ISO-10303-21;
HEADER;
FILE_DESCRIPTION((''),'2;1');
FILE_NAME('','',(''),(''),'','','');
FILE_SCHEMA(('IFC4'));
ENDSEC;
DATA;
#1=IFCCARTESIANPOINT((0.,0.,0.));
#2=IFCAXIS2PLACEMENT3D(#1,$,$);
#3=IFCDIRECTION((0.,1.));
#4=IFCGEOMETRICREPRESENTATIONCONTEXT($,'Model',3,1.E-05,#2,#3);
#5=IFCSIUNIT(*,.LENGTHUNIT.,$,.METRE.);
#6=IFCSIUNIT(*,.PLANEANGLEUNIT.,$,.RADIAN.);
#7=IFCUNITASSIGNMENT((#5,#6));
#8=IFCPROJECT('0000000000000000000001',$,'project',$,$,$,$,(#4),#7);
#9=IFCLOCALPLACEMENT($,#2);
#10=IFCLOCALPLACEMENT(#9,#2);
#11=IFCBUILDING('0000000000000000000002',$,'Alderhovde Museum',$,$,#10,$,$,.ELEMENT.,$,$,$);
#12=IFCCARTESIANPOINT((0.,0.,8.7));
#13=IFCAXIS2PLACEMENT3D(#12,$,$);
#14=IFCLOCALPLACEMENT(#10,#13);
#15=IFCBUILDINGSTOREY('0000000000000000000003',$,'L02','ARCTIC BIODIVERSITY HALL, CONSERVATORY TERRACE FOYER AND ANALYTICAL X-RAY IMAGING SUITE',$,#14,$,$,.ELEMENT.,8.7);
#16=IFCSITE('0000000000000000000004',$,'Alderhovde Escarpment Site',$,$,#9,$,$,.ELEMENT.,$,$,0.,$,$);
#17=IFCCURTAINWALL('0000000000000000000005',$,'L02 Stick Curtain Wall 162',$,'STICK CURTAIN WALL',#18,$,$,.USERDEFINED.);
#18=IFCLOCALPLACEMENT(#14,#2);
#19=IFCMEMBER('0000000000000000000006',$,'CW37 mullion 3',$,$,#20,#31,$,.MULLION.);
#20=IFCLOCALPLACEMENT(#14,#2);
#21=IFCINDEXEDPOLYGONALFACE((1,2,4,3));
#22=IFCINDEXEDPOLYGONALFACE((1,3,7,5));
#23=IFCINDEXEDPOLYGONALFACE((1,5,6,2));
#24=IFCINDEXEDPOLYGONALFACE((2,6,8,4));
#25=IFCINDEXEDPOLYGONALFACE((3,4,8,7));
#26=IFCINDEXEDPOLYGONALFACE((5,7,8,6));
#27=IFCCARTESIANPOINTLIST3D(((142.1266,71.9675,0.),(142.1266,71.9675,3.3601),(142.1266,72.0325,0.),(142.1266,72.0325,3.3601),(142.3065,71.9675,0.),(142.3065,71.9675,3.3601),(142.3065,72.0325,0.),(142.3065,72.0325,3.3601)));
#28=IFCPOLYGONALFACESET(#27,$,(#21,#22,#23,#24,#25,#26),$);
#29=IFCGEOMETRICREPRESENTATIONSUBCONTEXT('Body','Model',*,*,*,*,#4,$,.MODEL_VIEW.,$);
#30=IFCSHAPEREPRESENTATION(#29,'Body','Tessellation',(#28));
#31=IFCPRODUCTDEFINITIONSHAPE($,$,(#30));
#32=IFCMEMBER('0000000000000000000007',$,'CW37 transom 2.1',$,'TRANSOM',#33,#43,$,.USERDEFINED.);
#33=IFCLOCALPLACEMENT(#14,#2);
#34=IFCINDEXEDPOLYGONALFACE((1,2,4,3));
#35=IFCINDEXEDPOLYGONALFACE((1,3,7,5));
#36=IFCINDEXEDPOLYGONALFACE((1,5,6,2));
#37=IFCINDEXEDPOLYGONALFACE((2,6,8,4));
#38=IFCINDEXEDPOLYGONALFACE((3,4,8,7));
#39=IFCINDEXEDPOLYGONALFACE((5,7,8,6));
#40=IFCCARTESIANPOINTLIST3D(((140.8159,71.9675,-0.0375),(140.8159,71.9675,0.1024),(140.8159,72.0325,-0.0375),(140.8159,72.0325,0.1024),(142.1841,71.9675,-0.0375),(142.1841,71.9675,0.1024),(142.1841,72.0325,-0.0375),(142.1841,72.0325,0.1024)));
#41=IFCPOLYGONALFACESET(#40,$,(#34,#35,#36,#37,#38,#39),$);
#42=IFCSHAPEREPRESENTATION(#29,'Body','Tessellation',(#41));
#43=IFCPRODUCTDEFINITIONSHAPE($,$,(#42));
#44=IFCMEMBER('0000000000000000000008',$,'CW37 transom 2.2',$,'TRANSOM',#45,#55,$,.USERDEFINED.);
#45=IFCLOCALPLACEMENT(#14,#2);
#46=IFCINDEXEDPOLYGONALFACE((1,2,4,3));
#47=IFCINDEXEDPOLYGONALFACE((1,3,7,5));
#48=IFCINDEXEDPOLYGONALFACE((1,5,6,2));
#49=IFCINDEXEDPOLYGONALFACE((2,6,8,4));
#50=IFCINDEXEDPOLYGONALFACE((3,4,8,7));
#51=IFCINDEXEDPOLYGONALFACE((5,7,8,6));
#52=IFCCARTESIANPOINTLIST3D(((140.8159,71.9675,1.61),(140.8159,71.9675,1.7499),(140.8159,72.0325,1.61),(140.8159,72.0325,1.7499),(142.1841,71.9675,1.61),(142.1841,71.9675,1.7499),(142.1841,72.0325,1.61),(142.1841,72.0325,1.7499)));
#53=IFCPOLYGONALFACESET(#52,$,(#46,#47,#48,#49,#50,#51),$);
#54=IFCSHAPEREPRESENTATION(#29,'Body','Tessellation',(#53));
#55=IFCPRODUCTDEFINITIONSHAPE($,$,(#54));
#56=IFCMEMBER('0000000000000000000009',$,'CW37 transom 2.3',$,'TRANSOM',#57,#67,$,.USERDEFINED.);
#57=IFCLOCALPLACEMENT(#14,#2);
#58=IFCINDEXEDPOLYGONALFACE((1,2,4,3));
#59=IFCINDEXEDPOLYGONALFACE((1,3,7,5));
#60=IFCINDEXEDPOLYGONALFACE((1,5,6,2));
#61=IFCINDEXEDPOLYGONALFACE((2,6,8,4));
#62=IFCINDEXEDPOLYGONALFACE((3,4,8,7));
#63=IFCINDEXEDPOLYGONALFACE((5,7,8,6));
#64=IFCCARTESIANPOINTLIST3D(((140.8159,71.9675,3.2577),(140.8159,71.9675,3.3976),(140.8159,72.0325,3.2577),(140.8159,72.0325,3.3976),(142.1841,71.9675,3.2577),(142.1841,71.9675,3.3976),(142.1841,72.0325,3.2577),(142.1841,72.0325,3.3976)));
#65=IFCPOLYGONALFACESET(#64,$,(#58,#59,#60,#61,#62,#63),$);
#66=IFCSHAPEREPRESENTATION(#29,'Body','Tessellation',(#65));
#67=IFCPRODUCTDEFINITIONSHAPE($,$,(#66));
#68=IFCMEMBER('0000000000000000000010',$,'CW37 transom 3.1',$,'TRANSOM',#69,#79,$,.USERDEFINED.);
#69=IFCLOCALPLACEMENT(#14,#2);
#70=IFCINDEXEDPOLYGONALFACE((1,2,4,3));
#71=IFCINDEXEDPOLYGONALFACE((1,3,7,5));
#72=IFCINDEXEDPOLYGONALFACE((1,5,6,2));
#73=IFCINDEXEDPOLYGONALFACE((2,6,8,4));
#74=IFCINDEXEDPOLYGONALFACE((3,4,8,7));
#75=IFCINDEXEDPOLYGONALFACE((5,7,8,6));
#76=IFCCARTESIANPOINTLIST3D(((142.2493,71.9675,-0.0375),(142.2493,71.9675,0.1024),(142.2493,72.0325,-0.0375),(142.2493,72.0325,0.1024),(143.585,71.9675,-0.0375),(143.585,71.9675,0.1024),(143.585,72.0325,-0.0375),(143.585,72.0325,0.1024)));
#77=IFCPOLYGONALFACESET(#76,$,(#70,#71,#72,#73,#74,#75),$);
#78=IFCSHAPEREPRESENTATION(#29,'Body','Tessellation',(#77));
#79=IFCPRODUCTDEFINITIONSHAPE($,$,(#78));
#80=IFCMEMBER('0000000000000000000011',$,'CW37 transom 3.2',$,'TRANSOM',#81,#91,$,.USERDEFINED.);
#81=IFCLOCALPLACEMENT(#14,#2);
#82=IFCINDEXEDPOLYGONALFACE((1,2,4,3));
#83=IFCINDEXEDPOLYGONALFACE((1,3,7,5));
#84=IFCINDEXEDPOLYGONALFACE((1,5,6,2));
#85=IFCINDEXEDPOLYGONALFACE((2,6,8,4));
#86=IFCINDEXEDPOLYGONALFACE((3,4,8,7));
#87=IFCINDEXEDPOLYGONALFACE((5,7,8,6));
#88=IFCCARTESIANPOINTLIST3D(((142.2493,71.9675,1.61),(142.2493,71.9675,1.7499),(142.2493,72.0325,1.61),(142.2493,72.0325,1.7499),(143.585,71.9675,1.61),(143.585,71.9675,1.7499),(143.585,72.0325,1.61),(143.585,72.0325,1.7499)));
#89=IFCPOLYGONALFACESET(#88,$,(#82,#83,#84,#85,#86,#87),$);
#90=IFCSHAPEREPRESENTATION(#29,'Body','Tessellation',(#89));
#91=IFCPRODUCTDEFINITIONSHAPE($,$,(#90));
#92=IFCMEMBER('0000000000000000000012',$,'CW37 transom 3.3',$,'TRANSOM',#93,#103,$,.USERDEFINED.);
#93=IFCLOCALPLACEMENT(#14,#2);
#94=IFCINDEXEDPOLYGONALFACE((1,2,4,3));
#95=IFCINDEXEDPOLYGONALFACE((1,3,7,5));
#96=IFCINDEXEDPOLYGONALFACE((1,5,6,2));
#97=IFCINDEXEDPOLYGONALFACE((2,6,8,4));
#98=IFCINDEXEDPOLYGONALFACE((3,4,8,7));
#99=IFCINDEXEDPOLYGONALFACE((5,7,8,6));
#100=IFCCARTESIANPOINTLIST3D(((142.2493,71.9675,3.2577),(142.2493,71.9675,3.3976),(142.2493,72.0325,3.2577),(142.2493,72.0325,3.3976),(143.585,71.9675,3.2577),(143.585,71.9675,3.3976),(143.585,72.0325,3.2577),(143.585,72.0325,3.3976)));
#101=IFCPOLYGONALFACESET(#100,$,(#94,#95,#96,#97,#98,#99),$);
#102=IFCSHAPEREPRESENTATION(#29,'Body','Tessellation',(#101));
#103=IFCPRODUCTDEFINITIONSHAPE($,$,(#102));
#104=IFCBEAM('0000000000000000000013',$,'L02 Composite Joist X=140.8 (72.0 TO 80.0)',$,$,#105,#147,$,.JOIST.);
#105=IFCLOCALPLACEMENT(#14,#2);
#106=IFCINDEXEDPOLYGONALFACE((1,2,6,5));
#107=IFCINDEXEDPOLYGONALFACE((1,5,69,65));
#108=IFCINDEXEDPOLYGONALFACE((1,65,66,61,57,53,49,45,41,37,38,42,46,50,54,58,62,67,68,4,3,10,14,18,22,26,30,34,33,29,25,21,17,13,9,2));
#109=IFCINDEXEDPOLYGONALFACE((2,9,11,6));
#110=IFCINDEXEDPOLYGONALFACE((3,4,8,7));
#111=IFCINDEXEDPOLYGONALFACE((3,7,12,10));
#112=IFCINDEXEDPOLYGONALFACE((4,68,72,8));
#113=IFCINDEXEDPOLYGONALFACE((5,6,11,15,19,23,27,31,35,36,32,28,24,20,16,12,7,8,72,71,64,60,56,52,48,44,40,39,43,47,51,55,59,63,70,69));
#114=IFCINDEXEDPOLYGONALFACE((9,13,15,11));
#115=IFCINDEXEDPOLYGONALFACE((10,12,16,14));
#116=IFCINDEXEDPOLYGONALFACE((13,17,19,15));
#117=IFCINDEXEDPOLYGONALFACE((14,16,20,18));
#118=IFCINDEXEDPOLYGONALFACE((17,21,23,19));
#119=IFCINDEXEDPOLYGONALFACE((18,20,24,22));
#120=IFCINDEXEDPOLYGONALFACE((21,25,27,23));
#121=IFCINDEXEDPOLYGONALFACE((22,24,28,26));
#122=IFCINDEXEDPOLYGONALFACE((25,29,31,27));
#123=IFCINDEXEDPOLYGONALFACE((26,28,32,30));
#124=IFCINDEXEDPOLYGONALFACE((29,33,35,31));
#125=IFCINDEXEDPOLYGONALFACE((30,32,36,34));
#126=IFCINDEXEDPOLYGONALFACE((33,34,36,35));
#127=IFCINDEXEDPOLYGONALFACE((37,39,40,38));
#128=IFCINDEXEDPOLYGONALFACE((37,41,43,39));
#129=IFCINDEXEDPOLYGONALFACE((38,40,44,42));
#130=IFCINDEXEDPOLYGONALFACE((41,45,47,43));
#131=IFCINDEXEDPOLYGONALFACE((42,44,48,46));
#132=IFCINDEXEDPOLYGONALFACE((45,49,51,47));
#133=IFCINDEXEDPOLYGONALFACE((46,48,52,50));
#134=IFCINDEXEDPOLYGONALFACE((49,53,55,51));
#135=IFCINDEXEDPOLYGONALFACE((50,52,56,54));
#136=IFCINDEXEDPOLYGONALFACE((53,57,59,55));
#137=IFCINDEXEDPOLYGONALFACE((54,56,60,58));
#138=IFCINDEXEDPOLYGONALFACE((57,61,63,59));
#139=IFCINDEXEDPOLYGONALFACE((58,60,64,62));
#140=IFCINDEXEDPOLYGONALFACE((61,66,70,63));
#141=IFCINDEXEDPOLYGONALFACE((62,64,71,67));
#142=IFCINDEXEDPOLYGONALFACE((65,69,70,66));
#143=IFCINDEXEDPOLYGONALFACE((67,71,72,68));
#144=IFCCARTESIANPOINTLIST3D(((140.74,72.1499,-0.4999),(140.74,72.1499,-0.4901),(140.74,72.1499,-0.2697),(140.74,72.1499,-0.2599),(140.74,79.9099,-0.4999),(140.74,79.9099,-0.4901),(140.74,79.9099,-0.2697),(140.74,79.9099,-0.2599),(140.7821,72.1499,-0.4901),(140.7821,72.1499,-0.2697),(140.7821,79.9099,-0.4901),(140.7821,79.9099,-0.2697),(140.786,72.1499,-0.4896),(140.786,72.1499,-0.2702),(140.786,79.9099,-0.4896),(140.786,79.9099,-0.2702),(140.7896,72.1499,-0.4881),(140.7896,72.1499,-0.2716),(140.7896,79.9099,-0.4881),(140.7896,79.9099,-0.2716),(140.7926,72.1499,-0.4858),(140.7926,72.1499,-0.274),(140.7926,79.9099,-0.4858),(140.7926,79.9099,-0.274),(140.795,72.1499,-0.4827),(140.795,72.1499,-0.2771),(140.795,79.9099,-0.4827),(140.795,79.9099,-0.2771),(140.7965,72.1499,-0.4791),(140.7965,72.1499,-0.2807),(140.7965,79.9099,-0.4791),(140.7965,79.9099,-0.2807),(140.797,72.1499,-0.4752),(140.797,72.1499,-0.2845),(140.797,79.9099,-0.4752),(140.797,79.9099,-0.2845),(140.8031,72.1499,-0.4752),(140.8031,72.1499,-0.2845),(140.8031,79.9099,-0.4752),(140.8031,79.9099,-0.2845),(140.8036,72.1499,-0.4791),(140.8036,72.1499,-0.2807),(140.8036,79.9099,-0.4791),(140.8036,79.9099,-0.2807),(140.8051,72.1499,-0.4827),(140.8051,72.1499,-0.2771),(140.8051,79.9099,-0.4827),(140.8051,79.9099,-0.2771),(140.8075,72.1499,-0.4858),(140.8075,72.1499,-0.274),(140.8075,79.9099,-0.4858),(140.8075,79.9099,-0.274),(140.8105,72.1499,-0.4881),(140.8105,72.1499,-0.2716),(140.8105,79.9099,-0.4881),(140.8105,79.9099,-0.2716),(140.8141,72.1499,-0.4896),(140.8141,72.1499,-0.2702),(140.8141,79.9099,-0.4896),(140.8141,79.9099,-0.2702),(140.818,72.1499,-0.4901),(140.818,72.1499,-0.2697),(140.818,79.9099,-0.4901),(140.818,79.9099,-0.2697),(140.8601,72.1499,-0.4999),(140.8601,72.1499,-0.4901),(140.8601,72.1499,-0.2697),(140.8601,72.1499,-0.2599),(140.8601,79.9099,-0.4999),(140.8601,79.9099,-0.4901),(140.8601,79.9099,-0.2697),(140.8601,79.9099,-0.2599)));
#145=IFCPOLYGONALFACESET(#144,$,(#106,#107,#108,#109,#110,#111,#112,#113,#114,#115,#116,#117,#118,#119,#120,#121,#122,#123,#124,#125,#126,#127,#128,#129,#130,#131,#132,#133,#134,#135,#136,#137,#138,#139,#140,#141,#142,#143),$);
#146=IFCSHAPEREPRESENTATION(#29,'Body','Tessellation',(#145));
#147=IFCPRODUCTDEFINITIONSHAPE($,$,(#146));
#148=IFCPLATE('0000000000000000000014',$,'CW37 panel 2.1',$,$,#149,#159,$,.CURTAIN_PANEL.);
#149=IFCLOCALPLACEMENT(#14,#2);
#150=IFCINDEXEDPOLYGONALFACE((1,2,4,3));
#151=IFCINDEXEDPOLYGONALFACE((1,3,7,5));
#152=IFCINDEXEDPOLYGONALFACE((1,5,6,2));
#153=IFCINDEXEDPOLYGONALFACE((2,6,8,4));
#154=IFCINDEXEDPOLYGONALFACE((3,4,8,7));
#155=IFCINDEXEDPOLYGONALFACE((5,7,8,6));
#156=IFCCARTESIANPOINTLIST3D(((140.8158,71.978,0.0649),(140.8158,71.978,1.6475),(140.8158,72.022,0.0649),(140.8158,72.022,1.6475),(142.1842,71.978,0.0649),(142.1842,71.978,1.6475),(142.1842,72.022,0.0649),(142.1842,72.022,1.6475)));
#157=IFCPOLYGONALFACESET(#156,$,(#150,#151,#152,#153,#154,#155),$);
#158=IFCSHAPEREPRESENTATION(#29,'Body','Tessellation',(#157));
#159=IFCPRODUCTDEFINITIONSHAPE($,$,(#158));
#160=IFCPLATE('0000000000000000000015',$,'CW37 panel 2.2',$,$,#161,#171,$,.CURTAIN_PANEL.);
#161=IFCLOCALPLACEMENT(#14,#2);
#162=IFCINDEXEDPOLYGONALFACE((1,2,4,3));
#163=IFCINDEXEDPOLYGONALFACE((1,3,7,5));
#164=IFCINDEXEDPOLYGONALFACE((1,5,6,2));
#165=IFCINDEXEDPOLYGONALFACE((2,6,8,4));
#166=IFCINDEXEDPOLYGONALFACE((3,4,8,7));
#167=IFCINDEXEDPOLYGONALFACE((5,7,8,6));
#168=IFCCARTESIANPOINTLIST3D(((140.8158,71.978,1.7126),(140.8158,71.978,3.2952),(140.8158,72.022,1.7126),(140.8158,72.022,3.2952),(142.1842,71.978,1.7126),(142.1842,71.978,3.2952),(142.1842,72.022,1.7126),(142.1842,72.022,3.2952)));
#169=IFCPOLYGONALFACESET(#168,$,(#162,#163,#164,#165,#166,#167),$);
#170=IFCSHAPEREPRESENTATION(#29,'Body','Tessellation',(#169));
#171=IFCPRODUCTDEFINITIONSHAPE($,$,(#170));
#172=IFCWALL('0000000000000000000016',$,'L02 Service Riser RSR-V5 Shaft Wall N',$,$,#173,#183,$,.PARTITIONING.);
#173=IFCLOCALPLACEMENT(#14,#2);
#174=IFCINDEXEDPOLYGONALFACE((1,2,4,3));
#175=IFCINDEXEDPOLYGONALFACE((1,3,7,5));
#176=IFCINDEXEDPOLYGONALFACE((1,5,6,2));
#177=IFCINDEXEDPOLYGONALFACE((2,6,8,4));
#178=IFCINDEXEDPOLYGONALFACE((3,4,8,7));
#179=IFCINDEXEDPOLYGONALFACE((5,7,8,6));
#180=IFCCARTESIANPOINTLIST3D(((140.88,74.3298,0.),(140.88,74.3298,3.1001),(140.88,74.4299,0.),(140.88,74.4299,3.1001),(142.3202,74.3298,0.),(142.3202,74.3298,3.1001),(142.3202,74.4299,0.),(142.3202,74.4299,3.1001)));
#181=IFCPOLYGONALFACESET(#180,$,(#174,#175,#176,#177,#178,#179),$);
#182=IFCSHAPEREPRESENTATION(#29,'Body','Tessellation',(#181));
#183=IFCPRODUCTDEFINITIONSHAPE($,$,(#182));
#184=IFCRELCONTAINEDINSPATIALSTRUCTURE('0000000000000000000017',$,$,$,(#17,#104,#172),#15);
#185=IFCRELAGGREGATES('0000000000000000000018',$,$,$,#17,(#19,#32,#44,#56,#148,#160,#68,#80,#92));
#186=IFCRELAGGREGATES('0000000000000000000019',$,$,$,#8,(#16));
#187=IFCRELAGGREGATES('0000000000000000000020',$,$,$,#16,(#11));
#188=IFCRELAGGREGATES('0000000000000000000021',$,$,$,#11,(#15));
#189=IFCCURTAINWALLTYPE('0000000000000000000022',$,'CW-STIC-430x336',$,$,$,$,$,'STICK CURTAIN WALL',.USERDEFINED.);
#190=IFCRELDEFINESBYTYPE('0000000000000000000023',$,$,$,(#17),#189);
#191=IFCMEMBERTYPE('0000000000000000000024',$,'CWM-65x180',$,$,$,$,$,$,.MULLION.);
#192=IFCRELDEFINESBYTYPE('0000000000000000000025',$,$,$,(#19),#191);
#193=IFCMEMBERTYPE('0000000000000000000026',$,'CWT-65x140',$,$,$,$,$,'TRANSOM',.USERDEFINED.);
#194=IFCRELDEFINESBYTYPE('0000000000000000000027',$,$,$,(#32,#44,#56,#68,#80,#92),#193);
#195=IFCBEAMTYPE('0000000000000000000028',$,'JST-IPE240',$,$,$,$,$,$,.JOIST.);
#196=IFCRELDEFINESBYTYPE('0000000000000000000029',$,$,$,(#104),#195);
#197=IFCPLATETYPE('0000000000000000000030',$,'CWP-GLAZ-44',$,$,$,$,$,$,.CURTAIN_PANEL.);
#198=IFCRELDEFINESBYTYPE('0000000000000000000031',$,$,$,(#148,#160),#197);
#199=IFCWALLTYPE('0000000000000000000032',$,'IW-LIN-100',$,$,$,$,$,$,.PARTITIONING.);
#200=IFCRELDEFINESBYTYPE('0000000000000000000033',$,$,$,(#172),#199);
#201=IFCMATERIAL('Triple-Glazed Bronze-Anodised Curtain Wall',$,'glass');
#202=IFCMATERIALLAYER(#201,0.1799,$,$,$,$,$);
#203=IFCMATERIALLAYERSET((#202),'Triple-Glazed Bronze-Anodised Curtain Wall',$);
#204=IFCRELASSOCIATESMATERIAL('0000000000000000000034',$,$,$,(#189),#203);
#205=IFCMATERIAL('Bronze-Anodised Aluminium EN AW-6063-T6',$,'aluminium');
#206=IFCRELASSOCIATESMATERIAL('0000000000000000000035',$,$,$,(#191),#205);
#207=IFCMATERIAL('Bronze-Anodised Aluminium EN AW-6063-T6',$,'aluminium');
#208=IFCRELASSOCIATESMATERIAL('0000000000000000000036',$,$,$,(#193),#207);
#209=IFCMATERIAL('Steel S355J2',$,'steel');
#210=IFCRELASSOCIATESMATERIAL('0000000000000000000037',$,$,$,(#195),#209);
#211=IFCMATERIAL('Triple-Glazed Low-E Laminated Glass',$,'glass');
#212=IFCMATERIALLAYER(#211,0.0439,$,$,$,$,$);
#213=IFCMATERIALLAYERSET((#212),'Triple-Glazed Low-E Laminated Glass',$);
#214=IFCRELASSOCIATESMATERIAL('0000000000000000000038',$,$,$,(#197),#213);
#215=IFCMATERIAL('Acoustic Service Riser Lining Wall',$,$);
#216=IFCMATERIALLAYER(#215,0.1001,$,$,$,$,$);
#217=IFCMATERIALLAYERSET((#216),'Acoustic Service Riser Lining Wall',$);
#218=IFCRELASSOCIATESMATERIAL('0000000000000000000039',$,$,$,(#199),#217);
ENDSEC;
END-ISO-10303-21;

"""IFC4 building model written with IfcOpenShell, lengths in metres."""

from ifc_helpers import new_model, si_unit, direction, frame, frame_2d, origin, origin_2d, place, context, subcontext, project, spatial, rectangle, i_section, extrude, material, layer, layer_set, material_profile, profile_set, type_object, element, aggregate, save


model = new_model("IFC4")

# Units and contexts
model_context = context("Model", 3, precision=1e-05, world=origin(), true_north=direction((0.0, 1.0)))
body_context = subcontext(model_context, "Body", "Model", "MODEL_VIEW")
ifc_project = project(units=[si_unit("LENGTHUNIT", "METRE"), si_unit("PLANEANGLEUNIT", "RADIAN")], contexts=[model_context])

# Site, building, storey
site_placement = place(None, origin())
site = spatial("IfcSite", under=ifc_project, at=site_placement, Name="Alderhovde Escarpment Site", CompositionType="ELEMENT", RefElevation=0.0)
building_placement = place(site_placement, origin())
building = spatial("IfcBuilding", under=site, at=building_placement, Name="Alderhovde Museum", CompositionType="ELEMENT")
storey_placement = place(building_placement, frame((0.0, 0.0, 8.7)))
storey = spatial("IfcBuildingStorey", under=building, at=storey_placement, Name="L02", Description="ARCTIC BIODIVERSITY HALL, CONSERVATORY TERRACE FOYER AND ANALYTICAL X-RAY IMAGING SUITE", CompositionType="ELEMENT", Elevation=8.7)

# Curtain wall, members
ifc_material_1 = material(Name="Triple-Glazed Bronze-Anodised Curtain Wall", Category="glass")
ifc_layer_1 = layer(ifc_material_1, 0.1799)
ifc_layer_set_1 = layer_set([ifc_layer_1], Name="Triple-Glazed Bronze-Anodised Curtain Wall")
curtain_wall_type = type_object("IfcCurtainWallType", Name="CW-STIC-430x336", ElementType="STICK CURTAIN WALL", PredefinedType="USERDEFINED", material=ifc_layer_set_1)
curtain_wall_placement = place(storey_placement, origin())
curtain_wall = element("IfcCurtainWall", 1, at=curtain_wall_placement, inside=storey, type_object=curtain_wall_type, Name="L02 Stick Curtain Wall 162", ObjectType="STICK CURTAIN WALL", PredefinedType="USERDEFINED")
ifc_material_2 = material(Name="Bronze-Anodised Aluminium EN AW-6063-T6", Category="aluminium")
ifc_material_profile_1 = material_profile(ifc_material_2, rectangle(XDim=0.0649, YDim=0.1799, at=origin_2d()), Name="MULLION 65x180")
ifc_profile_set_1 = profile_set([ifc_material_profile_1], Name="Bronze-Anodised Aluminium EN AW-6063-T6")
member_type_1 = type_object("IfcMemberType", Name="CWM-65x180", PredefinedType="MULLION", material=ifc_profile_set_1)
member_1_placement = place(storey_placement, frame((142.2166, 72.0, 0.0), z_axis=(0.0, 0.0, 1.0), x_axis=(0.0, 1.0, 0.0)))
member_1 = element("IfcMember", 2, at=member_1_placement, type_object=member_type_1, Name="CW37 mullion 3", PredefinedType="MULLION", context=body_context, shape_type="SweptSolid", body=[
    extrude(rectangle(XDim=0.0649, YDim=0.1799, at=origin_2d()), origin(), (0.0, 0.0, 1.0), 3.3601),
])
ifc_material_3 = material(Name="Bronze-Anodised Aluminium EN AW-6063-T6", Category="aluminium")
ifc_material_profile_2 = material_profile(ifc_material_3, rectangle(XDim=0.0649, YDim=0.1399, at=origin_2d()), Name="TRANSOM 65x140")
ifc_profile_set_2 = profile_set([ifc_material_profile_2], Name="Bronze-Anodised Aluminium EN AW-6063-T6")
member_type_2 = type_object("IfcMemberType", Name="CWT-65x140", ElementType="TRANSOM", PredefinedType="USERDEFINED", material=ifc_profile_set_2)
member_2_placement = place(storey_placement, frame((140.8159, 72.0, 0.0325), z_axis=(1.0, 0.0, 0.0), x_axis=(0.0, 1.0, 0.0)))
member_2 = element("IfcMember", 3, at=member_2_placement, type_object=member_type_2, Name="CW37 transom 2.1", ObjectType="TRANSOM", PredefinedType="USERDEFINED", context=body_context, shape_type="SweptSolid", body=[
    extrude(rectangle(XDim=0.0649, YDim=0.1399, at=origin_2d()), origin(), (0.0, 0.0, 1.0), 1.3682),
])
member_3_placement = place(storey_placement, frame((140.8159, 72.0, 1.6799), z_axis=(1.0, 0.0, 0.0), x_axis=(0.0, 1.0, 0.0)))
member_3 = element("IfcMember", 4, at=member_3_placement, type_object=member_type_2, Name="CW37 transom 2.2", ObjectType="TRANSOM", PredefinedType="USERDEFINED", context=body_context, shape_type="SweptSolid", body=[
    extrude(rectangle(XDim=0.0649, YDim=0.1399, at=origin_2d()), origin(), (0.0, 0.0, 1.0), 1.3682),
])
member_4_placement = place(storey_placement, frame((140.8159, 72.0, 3.3276), z_axis=(1.0, 0.0, 0.0), x_axis=(0.0, 1.0, 0.0)))
member_4 = element("IfcMember", 5, at=member_4_placement, type_object=member_type_2, Name="CW37 transom 2.3", ObjectType="TRANSOM", PredefinedType="USERDEFINED", context=body_context, shape_type="SweptSolid", body=[
    extrude(rectangle(XDim=0.0649, YDim=0.1399, at=origin_2d()), origin(), (0.0, 0.0, 1.0), 1.3682),
])
member_5_placement = place(storey_placement, frame((142.2493, 72.0, 0.0325), z_axis=(1.0, 0.0, 0.0), x_axis=(0.0, 1.0, 0.0)))
member_5 = element("IfcMember", 6, at=member_5_placement, type_object=member_type_2, Name="CW37 transom 3.1", ObjectType="TRANSOM", PredefinedType="USERDEFINED", context=body_context, shape_type="SweptSolid", body=[
    extrude(rectangle(XDim=0.0649, YDim=0.1399, at=origin_2d()), origin(), (0.0, 0.0, 1.0), 1.3357),
])
member_6_placement = place(storey_placement, frame((142.2493, 72.0, 1.6799), z_axis=(1.0, 0.0, 0.0), x_axis=(0.0, 1.0, 0.0)))
member_6 = element("IfcMember", 7, at=member_6_placement, type_object=member_type_2, Name="CW37 transom 3.2", ObjectType="TRANSOM", PredefinedType="USERDEFINED", context=body_context, shape_type="SweptSolid", body=[
    extrude(rectangle(XDim=0.0649, YDim=0.1399, at=origin_2d()), origin(), (0.0, 0.0, 1.0), 1.3357),
])
member_7_placement = place(storey_placement, frame((142.2493, 72.0, 3.3276), z_axis=(1.0, 0.0, 0.0), x_axis=(0.0, 1.0, 0.0)))
member_7 = element("IfcMember", 8, at=member_7_placement, type_object=member_type_2, Name="CW37 transom 3.3", ObjectType="TRANSOM", PredefinedType="USERDEFINED", context=body_context, shape_type="SweptSolid", body=[
    extrude(rectangle(XDim=0.0649, YDim=0.1399, at=origin_2d()), origin(), (0.0, 0.0, 1.0), 1.3357),
])

# Beam
ifc_material_4 = material(Name="Steel S355J2", Category="steel")
ifc_material_profile_3 = material_profile(ifc_material_4, i_section(OverallWidth=0.1201, OverallDepth=0.24, WebThickness=0.0061, FlangeThickness=0.0098, FilletRadius=0.0149, at=origin_2d()), Name="IPE 240")
ifc_profile_set_3 = profile_set([ifc_material_profile_3], Name="Steel S355J2")
beam_type_1 = type_object("IfcBeamType", Name="JST-IPE240", PredefinedType="JOIST", material=ifc_profile_set_3)
beam_1_placement = place(storey_placement, frame((140.8, 72.1499, -0.3799), z_axis=(0.0, 1.0, 0.0), x_axis=(-1.0, 0.0, 0.0)))
element("IfcBeam", 9, at=beam_1_placement, inside=storey, type_object=beam_type_1, Name="L02 Composite Joist X=140.8 (72.0 TO 80.0)", PredefinedType="JOIST", context=body_context, shape_type="SweptSolid", body=[
    extrude(i_section(OverallWidth=0.1201, OverallDepth=0.24, WebThickness=0.0061, FlangeThickness=0.0098, FilletRadius=0.0149, at=origin_2d()), origin(), (0.0, 0.0, 1.0), 7.76),
])

# Plates
ifc_material_5 = material(Name="Triple-Glazed Low-E Laminated Glass", Category="glass")
ifc_layer_2 = layer(ifc_material_5, 0.0439)
ifc_layer_set_2 = layer_set([ifc_layer_2], Name="Triple-Glazed Low-E Laminated Glass")
plate_type = type_object("IfcPlateType", Name="CWP-GLAZ-44", PredefinedType="CURTAIN_PANEL", material=ifc_layer_set_2)
plate_1_placement = place(storey_placement, frame((141.5, 72.0, 0.0649), z_axis=(0.0, 0.0, 1.0), x_axis=(1.0, 0.0, 0.0)))
plate_1 = element("IfcPlate", 10, at=plate_1_placement, type_object=plate_type, Name="CW37 panel 2.1", PredefinedType="CURTAIN_PANEL", context=body_context, shape_type="SweptSolid", body=[
    extrude(rectangle(XDim=1.3684, YDim=0.0439, at=origin_2d()), origin(), (0.0, 0.0, 1.0), 1.5825),
])
plate_2_placement = place(storey_placement, frame((141.5, 72.0, 1.7126), z_axis=(0.0, 0.0, 1.0), x_axis=(1.0, 0.0, 0.0)))
plate_2 = element("IfcPlate", 11, at=plate_2_placement, type_object=plate_type, Name="CW37 panel 2.2", PredefinedType="CURTAIN_PANEL", context=body_context, shape_type="SweptSolid", body=[
    extrude(rectangle(XDim=1.3684, YDim=0.0439, at=origin_2d()), origin(), (0.0, 0.0, 1.0), 1.5825),
])
aggregate(curtain_wall, [member_1, member_2, member_3, member_4, plate_1, plate_2, member_5, member_6, member_7])

# Wall
ifc_material_6 = material(Name="Acoustic Service Riser Lining Wall")
ifc_layer_3 = layer(ifc_material_6, 0.1001)
ifc_layer_set_3 = layer_set([ifc_layer_3], Name="Acoustic Service Riser Lining Wall")
wall_type_1 = type_object("IfcWallType", Name="IW-LIN-100", PredefinedType="PARTITIONING", material=ifc_layer_set_3)
for number, where, z_axis, x_axis, name in (
    (12, (140.8799, 74.3799, 0.0), (0.0, 0.0, 1.0), (1.0, 0.0, 0.0), "L02 Service Riser RSR-V5 Shaft Wall N"),
):
    element("IfcWall", number, at=place(storey_placement, frame(where, z_axis=z_axis, x_axis=x_axis)), inside=storey, type_object=wall_type_1, Name=name, PredefinedType="PARTITIONING", context=body_context, shape_type="SweptSolid", body=[
        extrude(rectangle(XDim=1.4402, YDim=0.1001, at=frame_2d((0.7202, 0.0))), origin(), (0.0, 0.0, 1.0), 3.1001),
    ])

save(model, "model.ifc")
